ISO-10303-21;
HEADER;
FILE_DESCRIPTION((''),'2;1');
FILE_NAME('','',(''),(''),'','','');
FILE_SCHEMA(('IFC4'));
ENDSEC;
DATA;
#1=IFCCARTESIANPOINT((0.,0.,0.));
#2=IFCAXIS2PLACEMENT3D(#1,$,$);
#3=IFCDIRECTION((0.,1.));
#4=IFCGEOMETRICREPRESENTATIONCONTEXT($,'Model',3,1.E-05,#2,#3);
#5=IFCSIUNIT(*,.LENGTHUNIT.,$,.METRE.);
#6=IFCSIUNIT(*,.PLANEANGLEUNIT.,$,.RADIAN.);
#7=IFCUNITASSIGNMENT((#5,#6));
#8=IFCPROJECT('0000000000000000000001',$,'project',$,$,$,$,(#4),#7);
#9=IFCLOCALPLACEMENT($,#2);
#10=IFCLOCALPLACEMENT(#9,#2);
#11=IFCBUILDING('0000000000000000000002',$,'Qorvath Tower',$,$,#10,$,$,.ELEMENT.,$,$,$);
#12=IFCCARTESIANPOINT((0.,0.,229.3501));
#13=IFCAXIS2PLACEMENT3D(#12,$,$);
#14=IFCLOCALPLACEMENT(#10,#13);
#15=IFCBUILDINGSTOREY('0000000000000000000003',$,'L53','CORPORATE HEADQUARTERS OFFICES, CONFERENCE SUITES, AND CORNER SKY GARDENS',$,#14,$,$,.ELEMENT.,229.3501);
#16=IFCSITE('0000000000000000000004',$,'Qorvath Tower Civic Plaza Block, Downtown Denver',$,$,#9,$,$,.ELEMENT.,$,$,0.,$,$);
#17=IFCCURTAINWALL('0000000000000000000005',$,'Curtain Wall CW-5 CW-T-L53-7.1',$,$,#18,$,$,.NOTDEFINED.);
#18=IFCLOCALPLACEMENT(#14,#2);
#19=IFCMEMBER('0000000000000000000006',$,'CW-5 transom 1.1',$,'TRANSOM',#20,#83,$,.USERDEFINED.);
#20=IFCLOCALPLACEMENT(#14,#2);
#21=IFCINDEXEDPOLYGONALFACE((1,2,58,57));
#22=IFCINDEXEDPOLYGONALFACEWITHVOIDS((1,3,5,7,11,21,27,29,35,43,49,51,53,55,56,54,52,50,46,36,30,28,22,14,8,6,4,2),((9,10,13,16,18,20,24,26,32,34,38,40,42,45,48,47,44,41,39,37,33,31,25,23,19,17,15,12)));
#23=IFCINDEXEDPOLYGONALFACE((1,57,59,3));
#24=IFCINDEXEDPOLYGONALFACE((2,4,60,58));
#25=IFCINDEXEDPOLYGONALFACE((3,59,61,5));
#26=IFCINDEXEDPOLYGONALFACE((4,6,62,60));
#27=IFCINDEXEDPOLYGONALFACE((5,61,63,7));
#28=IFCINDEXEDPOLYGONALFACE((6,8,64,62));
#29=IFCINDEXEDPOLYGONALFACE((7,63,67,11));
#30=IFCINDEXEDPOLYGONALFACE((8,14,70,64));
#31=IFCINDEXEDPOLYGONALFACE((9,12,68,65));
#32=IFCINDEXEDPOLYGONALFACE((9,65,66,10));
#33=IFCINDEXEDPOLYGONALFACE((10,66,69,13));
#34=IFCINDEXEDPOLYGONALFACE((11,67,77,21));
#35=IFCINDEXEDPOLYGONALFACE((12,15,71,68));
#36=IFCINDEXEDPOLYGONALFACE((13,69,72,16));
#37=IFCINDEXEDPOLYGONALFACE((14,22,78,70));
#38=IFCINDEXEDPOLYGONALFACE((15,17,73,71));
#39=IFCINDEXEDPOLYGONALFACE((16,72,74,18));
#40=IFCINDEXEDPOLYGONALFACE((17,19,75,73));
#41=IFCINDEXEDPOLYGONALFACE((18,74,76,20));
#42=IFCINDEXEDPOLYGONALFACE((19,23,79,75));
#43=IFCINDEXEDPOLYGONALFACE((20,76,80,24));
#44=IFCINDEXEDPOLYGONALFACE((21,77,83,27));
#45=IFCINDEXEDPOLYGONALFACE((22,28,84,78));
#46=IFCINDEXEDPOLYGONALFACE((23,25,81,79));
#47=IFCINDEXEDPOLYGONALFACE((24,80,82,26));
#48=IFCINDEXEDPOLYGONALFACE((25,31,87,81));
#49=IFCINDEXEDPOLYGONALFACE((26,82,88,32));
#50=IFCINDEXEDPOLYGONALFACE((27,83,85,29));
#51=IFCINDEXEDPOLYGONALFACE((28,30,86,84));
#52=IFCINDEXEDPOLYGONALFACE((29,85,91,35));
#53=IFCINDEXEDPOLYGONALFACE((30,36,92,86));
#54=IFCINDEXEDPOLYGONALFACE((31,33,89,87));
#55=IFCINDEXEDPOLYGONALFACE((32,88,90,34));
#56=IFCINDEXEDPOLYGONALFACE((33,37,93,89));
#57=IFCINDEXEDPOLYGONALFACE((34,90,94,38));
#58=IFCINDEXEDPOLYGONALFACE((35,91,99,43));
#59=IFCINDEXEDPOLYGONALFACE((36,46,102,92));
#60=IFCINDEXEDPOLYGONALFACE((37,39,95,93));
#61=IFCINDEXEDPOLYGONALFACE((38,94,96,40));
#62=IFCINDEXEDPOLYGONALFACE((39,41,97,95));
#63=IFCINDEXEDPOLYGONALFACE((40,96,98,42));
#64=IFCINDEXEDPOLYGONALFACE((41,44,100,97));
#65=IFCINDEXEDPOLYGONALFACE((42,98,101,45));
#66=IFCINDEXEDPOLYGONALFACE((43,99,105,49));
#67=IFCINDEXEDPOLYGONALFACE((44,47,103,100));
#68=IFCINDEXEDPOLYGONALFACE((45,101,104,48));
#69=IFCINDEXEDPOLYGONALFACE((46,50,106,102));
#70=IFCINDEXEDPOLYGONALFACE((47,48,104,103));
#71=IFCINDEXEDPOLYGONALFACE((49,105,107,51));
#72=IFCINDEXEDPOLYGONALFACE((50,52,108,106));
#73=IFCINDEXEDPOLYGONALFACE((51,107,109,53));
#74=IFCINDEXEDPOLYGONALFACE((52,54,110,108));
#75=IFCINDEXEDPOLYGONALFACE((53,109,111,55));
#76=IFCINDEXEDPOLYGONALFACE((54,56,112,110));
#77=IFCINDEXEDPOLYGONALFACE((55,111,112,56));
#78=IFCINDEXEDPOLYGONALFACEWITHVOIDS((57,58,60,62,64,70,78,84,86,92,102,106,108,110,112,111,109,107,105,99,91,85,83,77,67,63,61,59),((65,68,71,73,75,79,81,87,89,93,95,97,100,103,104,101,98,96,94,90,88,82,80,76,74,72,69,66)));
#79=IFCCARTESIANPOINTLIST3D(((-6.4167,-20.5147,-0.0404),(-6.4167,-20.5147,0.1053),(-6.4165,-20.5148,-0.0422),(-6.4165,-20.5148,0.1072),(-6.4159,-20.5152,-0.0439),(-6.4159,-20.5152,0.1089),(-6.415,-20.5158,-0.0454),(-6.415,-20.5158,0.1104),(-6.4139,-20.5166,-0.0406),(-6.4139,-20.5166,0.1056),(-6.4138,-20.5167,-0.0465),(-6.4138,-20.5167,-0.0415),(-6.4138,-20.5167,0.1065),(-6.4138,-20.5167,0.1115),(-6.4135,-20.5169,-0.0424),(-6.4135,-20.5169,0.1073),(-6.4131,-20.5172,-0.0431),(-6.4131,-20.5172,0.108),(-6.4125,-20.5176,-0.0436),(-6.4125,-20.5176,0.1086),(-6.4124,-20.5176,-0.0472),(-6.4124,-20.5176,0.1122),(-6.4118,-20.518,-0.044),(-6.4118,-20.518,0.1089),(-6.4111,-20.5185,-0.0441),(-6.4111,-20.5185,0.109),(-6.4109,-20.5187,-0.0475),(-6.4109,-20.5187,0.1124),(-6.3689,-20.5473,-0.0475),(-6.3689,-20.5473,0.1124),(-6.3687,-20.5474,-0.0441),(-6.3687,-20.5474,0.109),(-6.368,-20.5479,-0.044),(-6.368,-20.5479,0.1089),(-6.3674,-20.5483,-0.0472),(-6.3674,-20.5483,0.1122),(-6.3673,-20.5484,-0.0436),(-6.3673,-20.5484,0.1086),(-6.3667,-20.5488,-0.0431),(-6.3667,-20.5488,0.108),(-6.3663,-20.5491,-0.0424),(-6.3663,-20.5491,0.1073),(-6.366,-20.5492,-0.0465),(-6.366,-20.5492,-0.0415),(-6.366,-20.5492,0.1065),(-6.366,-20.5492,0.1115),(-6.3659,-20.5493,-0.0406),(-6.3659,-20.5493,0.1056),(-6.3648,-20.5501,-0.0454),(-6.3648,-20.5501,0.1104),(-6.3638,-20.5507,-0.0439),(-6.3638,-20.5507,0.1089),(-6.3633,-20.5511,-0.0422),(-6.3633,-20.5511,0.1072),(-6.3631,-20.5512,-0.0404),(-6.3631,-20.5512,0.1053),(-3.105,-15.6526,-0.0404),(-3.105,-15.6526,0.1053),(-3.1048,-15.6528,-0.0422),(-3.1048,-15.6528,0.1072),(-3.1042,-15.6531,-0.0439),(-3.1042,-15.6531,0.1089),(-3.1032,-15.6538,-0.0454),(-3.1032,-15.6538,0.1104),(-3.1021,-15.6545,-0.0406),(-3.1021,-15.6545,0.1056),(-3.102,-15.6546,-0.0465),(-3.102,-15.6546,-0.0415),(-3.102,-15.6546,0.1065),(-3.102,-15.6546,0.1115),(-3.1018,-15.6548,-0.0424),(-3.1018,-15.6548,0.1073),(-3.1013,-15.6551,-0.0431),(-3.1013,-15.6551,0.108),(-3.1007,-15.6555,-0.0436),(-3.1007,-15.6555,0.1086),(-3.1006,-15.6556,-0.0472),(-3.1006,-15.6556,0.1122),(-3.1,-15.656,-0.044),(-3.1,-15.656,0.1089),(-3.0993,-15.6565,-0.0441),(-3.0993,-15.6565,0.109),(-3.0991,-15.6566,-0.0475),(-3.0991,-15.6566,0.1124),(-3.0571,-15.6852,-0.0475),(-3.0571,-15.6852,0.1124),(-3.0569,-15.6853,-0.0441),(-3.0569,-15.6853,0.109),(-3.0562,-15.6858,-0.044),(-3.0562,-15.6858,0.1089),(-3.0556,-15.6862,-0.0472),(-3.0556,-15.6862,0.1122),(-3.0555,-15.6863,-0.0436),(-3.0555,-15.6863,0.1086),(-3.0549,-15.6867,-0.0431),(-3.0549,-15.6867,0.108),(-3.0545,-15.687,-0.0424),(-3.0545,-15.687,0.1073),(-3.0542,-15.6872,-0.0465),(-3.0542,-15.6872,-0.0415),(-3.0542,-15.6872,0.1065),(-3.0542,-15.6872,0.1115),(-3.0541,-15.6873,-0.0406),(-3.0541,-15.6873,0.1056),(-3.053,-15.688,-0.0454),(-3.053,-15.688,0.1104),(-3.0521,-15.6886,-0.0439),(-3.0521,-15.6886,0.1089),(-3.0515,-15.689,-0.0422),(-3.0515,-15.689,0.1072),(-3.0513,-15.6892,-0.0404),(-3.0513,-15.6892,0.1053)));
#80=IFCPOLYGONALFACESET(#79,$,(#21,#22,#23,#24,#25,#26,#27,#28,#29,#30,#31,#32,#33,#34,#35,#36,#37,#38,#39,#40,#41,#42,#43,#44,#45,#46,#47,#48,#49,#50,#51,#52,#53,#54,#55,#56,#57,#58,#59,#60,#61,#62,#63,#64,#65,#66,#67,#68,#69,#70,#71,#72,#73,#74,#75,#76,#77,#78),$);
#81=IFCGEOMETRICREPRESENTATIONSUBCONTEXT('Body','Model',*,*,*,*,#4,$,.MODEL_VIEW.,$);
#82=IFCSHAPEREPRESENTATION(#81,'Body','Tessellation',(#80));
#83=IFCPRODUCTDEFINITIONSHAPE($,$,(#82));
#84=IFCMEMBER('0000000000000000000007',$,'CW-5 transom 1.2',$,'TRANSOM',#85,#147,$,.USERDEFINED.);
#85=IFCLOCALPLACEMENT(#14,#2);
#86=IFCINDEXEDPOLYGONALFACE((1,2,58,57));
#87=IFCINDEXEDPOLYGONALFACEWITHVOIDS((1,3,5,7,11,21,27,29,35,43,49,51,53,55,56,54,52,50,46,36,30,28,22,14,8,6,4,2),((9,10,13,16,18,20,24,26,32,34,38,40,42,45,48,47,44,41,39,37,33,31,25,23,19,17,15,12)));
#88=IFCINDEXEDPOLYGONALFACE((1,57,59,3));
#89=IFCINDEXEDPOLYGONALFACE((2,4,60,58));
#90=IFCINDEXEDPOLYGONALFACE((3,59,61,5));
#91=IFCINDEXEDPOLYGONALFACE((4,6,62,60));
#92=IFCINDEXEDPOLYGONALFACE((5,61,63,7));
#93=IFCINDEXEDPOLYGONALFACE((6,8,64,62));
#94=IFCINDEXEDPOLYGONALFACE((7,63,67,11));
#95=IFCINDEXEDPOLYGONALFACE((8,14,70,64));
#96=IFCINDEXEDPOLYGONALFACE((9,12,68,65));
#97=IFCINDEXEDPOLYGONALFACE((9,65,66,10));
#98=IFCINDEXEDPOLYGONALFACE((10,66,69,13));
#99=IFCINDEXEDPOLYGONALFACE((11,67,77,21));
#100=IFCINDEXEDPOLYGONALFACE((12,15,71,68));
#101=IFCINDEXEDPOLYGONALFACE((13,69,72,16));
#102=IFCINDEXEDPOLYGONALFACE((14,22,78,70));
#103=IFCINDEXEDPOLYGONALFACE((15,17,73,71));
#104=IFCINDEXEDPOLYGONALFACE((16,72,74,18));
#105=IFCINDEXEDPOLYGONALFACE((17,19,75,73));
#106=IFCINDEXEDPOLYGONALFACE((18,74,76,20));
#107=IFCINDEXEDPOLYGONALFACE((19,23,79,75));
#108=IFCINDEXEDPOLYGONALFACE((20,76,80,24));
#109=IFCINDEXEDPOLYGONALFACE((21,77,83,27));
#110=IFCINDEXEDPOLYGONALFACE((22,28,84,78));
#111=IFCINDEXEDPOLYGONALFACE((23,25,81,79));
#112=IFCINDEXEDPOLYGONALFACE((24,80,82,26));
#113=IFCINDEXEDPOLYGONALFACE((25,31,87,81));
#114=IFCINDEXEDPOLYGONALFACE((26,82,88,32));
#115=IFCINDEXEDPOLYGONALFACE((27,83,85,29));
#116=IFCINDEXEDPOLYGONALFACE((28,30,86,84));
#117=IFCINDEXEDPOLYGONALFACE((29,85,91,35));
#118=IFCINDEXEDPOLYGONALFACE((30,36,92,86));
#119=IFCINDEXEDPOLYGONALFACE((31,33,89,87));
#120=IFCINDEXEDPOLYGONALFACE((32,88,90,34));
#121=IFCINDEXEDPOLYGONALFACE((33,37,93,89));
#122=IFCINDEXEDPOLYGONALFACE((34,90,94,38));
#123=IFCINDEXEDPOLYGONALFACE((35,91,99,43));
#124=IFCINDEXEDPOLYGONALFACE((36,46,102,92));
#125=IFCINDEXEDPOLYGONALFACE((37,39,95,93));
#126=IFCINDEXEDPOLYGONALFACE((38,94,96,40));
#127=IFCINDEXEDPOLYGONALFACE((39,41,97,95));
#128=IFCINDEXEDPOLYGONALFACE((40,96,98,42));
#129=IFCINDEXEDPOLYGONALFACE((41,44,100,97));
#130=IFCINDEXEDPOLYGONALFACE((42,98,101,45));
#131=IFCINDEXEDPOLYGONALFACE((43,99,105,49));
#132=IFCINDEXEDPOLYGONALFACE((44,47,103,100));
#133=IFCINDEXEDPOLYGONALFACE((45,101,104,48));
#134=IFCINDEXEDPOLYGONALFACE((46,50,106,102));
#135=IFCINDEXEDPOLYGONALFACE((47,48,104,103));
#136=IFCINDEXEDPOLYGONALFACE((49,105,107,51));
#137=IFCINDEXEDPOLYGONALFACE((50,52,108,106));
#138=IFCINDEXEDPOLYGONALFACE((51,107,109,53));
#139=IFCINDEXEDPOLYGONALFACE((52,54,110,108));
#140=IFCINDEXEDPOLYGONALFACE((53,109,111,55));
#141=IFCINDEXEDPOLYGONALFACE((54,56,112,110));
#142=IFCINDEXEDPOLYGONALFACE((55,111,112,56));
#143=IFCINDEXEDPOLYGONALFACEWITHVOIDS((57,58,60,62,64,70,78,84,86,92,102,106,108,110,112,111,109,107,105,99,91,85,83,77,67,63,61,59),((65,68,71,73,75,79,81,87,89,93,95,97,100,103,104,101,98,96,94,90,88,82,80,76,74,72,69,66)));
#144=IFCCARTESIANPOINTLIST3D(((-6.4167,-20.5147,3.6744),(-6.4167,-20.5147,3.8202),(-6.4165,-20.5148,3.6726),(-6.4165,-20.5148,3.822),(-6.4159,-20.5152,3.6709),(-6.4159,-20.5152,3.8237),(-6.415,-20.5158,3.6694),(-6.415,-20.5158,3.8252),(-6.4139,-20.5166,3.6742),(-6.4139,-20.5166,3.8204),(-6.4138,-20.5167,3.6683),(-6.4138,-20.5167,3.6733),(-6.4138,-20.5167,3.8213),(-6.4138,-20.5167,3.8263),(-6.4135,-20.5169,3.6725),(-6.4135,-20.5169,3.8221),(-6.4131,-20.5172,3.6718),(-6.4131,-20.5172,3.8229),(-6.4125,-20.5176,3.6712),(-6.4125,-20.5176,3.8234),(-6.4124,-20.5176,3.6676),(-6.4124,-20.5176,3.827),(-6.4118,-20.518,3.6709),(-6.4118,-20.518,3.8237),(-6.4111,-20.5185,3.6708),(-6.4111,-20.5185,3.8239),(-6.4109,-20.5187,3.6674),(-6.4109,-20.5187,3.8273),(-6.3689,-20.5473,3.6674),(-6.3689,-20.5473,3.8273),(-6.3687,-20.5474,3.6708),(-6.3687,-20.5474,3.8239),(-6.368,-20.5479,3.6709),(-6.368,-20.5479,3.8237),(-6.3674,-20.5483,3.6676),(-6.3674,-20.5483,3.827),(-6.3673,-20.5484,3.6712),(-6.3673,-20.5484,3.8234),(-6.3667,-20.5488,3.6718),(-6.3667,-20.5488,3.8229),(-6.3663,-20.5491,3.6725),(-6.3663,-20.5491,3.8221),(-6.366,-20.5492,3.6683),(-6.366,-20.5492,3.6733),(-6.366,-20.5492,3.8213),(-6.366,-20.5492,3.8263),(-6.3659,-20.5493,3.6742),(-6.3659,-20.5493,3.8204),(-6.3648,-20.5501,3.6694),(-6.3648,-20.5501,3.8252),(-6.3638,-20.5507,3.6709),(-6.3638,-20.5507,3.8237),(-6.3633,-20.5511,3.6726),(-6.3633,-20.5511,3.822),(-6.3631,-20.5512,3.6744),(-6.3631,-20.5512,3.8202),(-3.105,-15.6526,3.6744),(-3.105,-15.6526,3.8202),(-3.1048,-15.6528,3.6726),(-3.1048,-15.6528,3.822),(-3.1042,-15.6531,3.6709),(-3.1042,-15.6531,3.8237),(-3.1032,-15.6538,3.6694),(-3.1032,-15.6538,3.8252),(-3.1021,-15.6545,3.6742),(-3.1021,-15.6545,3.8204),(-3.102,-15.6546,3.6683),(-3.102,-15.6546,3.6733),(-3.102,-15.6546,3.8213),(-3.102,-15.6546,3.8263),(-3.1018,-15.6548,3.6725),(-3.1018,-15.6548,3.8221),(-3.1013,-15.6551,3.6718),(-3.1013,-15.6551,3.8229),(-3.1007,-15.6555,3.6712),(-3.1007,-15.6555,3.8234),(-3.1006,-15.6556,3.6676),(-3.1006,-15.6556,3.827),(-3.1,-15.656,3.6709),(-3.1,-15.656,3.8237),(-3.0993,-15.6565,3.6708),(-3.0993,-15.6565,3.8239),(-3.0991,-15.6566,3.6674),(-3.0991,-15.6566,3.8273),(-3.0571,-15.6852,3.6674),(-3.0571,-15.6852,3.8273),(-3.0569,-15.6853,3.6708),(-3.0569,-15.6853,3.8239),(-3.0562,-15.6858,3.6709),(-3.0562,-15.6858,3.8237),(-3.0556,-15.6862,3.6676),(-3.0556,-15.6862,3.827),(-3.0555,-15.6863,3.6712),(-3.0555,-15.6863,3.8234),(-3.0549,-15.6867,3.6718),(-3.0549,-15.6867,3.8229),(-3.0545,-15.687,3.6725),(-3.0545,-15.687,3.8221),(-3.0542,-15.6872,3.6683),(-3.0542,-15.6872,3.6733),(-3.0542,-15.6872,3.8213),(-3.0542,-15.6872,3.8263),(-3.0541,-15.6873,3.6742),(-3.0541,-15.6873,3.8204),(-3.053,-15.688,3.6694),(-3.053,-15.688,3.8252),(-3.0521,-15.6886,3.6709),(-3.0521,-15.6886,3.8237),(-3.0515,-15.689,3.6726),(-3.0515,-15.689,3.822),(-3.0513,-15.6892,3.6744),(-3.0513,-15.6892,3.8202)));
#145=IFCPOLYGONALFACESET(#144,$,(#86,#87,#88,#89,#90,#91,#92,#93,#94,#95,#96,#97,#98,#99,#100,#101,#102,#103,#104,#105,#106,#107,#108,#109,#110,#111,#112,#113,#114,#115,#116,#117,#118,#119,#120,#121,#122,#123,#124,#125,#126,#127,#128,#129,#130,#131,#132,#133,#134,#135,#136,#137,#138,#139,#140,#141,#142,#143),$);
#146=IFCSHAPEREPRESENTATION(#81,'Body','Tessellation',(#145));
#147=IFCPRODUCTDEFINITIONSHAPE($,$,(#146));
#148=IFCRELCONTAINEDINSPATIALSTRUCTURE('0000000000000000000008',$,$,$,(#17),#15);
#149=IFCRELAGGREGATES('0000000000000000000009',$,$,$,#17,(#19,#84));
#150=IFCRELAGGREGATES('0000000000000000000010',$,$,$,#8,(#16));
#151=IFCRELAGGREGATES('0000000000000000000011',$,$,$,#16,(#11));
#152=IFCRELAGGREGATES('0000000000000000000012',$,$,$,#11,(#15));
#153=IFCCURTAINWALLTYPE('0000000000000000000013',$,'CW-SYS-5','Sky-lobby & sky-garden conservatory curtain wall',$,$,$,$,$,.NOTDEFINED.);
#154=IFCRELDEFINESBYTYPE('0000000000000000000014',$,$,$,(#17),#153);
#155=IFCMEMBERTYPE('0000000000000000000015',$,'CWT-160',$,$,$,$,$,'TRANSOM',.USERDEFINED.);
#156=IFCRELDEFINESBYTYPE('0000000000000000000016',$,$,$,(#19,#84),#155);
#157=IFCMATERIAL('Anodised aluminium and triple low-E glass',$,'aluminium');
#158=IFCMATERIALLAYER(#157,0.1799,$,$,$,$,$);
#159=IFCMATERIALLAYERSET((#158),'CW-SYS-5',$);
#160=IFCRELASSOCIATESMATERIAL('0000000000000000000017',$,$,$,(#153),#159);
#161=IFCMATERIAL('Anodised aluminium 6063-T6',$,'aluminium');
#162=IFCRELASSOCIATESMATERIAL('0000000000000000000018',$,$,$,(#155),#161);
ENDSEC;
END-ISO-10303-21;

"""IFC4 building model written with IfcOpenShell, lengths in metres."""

from ifc_helpers import new_model, si_unit, direction, frame, origin, origin_2d, place, context, subcontext, project, spatial, hollow_rectangle, extrude, material, layer, layer_set, material_profile, profile_set, type_object, element, aggregate, save


model = new_model("IFC4")

# Units and contexts
model_context = context("Model", 3, precision=1e-05, world=origin(), true_north=direction((0.0, 1.0)))
body_context = subcontext(model_context, "Body", "Model", "MODEL_VIEW")
ifc_project = project(units=[si_unit("LENGTHUNIT", "METRE"), si_unit("PLANEANGLEUNIT", "RADIAN")], contexts=[model_context])

# Site, building, storey
site_placement = place(None, origin())
site = spatial("IfcSite", under=ifc_project, at=site_placement, Name="Qorvath Tower Civic Plaza Block, Downtown Denver", CompositionType="ELEMENT", RefElevation=0.0)
building_placement = place(site_placement, origin())
building = spatial("IfcBuilding", under=site, at=building_placement, Name="Qorvath Tower", CompositionType="ELEMENT")
storey_placement = place(building_placement, frame((0.0, 0.0, 229.3501)))
storey = spatial("IfcBuildingStorey", under=building, at=storey_placement, Name="L53", Description="CORPORATE HEADQUARTERS OFFICES, CONFERENCE SUITES, AND CORNER SKY GARDENS", CompositionType="ELEMENT", Elevation=229.3501)

# Shared definitions
ifc_material_1 = material(Name="Anodised aluminium and triple low-E glass", Category="aluminium")
ifc_layer_1 = layer(ifc_material_1, 0.1799)
ifc_layer_set_1 = layer_set([ifc_layer_1], Name="CW-SYS-5")
curtain_wall_type = type_object("IfcCurtainWallType", Name="CW-SYS-5", Description="Sky-lobby & sky-garden conservatory curtain wall", PredefinedType="NOTDEFINED", material=ifc_layer_set_1)

# Curtain wall
curtain_wall_1_placement = place(storey_placement, origin())
curtain_wall_1 = element("IfcCurtainWall", 1, at=curtain_wall_1_placement, inside=storey, type_object=curtain_wall_type, Name="Curtain Wall CW-5 CW-T-L53-7.1", PredefinedType="NOTDEFINED")

# Members
ifc_material_2 = material(Name="Anodised aluminium 6063-T6", Category="aluminium")
ifc_material_profile_1 = material_profile(ifc_material_2, hollow_rectangle(XDim=0.0649, YDim=0.1599, WallThickness=0.0034, InnerFilletRadius=0.0034, OuterFilletRadius=0.0071, at=origin_2d()), Name="CWT 160x65")
ifc_profile_set_1 = profile_set([ifc_material_profile_1], Name="Anodised aluminium 6063-T6")
member_type_1 = type_object("IfcMemberType", Name="CWT-160", ElementType="TRANSOM", PredefinedType="USERDEFINED", material=ifc_profile_set_1)
member_1_placement = place(storey_placement, frame((-6.3899, -20.533, 0.0325), z_axis=(0.562957, 0.826486, 0.0), x_axis=(-0.826486, 0.562957, 0.0)))
member_1 = element("IfcMember", 2, at=member_1_placement, type_object=member_type_1, Name="CW-5 transom 1.1", ObjectType="TRANSOM", PredefinedType="USERDEFINED", context=body_context, shape_type="SweptSolid", body=[
    extrude(hollow_rectangle(XDim=0.0649, YDim=0.1599, WallThickness=0.0034, InnerFilletRadius=0.0034, OuterFilletRadius=0.0071, at=origin_2d()), origin(), (0.0, 0.0, 1.0), 5.8828),
])
member_2_placement = place(storey_placement, frame((-6.3899, -20.533, 3.7473), z_axis=(0.562957, 0.826486, 0.0), x_axis=(-0.826486, 0.562957, 0.0)))
member_2 = element("IfcMember", 3, at=member_2_placement, type_object=member_type_1, Name="CW-5 transom 1.2", ObjectType="TRANSOM", PredefinedType="USERDEFINED", context=body_context, shape_type="SweptSolid", body=[
    extrude(hollow_rectangle(XDim=0.0649, YDim=0.1599, WallThickness=0.0034, InnerFilletRadius=0.0034, OuterFilletRadius=0.0071, at=origin_2d()), origin(), (0.0, 0.0, 1.0), 5.8828),
])

aggregate(curtain_wall_1, [member_1, member_2])

save(model, "model.ifc")
